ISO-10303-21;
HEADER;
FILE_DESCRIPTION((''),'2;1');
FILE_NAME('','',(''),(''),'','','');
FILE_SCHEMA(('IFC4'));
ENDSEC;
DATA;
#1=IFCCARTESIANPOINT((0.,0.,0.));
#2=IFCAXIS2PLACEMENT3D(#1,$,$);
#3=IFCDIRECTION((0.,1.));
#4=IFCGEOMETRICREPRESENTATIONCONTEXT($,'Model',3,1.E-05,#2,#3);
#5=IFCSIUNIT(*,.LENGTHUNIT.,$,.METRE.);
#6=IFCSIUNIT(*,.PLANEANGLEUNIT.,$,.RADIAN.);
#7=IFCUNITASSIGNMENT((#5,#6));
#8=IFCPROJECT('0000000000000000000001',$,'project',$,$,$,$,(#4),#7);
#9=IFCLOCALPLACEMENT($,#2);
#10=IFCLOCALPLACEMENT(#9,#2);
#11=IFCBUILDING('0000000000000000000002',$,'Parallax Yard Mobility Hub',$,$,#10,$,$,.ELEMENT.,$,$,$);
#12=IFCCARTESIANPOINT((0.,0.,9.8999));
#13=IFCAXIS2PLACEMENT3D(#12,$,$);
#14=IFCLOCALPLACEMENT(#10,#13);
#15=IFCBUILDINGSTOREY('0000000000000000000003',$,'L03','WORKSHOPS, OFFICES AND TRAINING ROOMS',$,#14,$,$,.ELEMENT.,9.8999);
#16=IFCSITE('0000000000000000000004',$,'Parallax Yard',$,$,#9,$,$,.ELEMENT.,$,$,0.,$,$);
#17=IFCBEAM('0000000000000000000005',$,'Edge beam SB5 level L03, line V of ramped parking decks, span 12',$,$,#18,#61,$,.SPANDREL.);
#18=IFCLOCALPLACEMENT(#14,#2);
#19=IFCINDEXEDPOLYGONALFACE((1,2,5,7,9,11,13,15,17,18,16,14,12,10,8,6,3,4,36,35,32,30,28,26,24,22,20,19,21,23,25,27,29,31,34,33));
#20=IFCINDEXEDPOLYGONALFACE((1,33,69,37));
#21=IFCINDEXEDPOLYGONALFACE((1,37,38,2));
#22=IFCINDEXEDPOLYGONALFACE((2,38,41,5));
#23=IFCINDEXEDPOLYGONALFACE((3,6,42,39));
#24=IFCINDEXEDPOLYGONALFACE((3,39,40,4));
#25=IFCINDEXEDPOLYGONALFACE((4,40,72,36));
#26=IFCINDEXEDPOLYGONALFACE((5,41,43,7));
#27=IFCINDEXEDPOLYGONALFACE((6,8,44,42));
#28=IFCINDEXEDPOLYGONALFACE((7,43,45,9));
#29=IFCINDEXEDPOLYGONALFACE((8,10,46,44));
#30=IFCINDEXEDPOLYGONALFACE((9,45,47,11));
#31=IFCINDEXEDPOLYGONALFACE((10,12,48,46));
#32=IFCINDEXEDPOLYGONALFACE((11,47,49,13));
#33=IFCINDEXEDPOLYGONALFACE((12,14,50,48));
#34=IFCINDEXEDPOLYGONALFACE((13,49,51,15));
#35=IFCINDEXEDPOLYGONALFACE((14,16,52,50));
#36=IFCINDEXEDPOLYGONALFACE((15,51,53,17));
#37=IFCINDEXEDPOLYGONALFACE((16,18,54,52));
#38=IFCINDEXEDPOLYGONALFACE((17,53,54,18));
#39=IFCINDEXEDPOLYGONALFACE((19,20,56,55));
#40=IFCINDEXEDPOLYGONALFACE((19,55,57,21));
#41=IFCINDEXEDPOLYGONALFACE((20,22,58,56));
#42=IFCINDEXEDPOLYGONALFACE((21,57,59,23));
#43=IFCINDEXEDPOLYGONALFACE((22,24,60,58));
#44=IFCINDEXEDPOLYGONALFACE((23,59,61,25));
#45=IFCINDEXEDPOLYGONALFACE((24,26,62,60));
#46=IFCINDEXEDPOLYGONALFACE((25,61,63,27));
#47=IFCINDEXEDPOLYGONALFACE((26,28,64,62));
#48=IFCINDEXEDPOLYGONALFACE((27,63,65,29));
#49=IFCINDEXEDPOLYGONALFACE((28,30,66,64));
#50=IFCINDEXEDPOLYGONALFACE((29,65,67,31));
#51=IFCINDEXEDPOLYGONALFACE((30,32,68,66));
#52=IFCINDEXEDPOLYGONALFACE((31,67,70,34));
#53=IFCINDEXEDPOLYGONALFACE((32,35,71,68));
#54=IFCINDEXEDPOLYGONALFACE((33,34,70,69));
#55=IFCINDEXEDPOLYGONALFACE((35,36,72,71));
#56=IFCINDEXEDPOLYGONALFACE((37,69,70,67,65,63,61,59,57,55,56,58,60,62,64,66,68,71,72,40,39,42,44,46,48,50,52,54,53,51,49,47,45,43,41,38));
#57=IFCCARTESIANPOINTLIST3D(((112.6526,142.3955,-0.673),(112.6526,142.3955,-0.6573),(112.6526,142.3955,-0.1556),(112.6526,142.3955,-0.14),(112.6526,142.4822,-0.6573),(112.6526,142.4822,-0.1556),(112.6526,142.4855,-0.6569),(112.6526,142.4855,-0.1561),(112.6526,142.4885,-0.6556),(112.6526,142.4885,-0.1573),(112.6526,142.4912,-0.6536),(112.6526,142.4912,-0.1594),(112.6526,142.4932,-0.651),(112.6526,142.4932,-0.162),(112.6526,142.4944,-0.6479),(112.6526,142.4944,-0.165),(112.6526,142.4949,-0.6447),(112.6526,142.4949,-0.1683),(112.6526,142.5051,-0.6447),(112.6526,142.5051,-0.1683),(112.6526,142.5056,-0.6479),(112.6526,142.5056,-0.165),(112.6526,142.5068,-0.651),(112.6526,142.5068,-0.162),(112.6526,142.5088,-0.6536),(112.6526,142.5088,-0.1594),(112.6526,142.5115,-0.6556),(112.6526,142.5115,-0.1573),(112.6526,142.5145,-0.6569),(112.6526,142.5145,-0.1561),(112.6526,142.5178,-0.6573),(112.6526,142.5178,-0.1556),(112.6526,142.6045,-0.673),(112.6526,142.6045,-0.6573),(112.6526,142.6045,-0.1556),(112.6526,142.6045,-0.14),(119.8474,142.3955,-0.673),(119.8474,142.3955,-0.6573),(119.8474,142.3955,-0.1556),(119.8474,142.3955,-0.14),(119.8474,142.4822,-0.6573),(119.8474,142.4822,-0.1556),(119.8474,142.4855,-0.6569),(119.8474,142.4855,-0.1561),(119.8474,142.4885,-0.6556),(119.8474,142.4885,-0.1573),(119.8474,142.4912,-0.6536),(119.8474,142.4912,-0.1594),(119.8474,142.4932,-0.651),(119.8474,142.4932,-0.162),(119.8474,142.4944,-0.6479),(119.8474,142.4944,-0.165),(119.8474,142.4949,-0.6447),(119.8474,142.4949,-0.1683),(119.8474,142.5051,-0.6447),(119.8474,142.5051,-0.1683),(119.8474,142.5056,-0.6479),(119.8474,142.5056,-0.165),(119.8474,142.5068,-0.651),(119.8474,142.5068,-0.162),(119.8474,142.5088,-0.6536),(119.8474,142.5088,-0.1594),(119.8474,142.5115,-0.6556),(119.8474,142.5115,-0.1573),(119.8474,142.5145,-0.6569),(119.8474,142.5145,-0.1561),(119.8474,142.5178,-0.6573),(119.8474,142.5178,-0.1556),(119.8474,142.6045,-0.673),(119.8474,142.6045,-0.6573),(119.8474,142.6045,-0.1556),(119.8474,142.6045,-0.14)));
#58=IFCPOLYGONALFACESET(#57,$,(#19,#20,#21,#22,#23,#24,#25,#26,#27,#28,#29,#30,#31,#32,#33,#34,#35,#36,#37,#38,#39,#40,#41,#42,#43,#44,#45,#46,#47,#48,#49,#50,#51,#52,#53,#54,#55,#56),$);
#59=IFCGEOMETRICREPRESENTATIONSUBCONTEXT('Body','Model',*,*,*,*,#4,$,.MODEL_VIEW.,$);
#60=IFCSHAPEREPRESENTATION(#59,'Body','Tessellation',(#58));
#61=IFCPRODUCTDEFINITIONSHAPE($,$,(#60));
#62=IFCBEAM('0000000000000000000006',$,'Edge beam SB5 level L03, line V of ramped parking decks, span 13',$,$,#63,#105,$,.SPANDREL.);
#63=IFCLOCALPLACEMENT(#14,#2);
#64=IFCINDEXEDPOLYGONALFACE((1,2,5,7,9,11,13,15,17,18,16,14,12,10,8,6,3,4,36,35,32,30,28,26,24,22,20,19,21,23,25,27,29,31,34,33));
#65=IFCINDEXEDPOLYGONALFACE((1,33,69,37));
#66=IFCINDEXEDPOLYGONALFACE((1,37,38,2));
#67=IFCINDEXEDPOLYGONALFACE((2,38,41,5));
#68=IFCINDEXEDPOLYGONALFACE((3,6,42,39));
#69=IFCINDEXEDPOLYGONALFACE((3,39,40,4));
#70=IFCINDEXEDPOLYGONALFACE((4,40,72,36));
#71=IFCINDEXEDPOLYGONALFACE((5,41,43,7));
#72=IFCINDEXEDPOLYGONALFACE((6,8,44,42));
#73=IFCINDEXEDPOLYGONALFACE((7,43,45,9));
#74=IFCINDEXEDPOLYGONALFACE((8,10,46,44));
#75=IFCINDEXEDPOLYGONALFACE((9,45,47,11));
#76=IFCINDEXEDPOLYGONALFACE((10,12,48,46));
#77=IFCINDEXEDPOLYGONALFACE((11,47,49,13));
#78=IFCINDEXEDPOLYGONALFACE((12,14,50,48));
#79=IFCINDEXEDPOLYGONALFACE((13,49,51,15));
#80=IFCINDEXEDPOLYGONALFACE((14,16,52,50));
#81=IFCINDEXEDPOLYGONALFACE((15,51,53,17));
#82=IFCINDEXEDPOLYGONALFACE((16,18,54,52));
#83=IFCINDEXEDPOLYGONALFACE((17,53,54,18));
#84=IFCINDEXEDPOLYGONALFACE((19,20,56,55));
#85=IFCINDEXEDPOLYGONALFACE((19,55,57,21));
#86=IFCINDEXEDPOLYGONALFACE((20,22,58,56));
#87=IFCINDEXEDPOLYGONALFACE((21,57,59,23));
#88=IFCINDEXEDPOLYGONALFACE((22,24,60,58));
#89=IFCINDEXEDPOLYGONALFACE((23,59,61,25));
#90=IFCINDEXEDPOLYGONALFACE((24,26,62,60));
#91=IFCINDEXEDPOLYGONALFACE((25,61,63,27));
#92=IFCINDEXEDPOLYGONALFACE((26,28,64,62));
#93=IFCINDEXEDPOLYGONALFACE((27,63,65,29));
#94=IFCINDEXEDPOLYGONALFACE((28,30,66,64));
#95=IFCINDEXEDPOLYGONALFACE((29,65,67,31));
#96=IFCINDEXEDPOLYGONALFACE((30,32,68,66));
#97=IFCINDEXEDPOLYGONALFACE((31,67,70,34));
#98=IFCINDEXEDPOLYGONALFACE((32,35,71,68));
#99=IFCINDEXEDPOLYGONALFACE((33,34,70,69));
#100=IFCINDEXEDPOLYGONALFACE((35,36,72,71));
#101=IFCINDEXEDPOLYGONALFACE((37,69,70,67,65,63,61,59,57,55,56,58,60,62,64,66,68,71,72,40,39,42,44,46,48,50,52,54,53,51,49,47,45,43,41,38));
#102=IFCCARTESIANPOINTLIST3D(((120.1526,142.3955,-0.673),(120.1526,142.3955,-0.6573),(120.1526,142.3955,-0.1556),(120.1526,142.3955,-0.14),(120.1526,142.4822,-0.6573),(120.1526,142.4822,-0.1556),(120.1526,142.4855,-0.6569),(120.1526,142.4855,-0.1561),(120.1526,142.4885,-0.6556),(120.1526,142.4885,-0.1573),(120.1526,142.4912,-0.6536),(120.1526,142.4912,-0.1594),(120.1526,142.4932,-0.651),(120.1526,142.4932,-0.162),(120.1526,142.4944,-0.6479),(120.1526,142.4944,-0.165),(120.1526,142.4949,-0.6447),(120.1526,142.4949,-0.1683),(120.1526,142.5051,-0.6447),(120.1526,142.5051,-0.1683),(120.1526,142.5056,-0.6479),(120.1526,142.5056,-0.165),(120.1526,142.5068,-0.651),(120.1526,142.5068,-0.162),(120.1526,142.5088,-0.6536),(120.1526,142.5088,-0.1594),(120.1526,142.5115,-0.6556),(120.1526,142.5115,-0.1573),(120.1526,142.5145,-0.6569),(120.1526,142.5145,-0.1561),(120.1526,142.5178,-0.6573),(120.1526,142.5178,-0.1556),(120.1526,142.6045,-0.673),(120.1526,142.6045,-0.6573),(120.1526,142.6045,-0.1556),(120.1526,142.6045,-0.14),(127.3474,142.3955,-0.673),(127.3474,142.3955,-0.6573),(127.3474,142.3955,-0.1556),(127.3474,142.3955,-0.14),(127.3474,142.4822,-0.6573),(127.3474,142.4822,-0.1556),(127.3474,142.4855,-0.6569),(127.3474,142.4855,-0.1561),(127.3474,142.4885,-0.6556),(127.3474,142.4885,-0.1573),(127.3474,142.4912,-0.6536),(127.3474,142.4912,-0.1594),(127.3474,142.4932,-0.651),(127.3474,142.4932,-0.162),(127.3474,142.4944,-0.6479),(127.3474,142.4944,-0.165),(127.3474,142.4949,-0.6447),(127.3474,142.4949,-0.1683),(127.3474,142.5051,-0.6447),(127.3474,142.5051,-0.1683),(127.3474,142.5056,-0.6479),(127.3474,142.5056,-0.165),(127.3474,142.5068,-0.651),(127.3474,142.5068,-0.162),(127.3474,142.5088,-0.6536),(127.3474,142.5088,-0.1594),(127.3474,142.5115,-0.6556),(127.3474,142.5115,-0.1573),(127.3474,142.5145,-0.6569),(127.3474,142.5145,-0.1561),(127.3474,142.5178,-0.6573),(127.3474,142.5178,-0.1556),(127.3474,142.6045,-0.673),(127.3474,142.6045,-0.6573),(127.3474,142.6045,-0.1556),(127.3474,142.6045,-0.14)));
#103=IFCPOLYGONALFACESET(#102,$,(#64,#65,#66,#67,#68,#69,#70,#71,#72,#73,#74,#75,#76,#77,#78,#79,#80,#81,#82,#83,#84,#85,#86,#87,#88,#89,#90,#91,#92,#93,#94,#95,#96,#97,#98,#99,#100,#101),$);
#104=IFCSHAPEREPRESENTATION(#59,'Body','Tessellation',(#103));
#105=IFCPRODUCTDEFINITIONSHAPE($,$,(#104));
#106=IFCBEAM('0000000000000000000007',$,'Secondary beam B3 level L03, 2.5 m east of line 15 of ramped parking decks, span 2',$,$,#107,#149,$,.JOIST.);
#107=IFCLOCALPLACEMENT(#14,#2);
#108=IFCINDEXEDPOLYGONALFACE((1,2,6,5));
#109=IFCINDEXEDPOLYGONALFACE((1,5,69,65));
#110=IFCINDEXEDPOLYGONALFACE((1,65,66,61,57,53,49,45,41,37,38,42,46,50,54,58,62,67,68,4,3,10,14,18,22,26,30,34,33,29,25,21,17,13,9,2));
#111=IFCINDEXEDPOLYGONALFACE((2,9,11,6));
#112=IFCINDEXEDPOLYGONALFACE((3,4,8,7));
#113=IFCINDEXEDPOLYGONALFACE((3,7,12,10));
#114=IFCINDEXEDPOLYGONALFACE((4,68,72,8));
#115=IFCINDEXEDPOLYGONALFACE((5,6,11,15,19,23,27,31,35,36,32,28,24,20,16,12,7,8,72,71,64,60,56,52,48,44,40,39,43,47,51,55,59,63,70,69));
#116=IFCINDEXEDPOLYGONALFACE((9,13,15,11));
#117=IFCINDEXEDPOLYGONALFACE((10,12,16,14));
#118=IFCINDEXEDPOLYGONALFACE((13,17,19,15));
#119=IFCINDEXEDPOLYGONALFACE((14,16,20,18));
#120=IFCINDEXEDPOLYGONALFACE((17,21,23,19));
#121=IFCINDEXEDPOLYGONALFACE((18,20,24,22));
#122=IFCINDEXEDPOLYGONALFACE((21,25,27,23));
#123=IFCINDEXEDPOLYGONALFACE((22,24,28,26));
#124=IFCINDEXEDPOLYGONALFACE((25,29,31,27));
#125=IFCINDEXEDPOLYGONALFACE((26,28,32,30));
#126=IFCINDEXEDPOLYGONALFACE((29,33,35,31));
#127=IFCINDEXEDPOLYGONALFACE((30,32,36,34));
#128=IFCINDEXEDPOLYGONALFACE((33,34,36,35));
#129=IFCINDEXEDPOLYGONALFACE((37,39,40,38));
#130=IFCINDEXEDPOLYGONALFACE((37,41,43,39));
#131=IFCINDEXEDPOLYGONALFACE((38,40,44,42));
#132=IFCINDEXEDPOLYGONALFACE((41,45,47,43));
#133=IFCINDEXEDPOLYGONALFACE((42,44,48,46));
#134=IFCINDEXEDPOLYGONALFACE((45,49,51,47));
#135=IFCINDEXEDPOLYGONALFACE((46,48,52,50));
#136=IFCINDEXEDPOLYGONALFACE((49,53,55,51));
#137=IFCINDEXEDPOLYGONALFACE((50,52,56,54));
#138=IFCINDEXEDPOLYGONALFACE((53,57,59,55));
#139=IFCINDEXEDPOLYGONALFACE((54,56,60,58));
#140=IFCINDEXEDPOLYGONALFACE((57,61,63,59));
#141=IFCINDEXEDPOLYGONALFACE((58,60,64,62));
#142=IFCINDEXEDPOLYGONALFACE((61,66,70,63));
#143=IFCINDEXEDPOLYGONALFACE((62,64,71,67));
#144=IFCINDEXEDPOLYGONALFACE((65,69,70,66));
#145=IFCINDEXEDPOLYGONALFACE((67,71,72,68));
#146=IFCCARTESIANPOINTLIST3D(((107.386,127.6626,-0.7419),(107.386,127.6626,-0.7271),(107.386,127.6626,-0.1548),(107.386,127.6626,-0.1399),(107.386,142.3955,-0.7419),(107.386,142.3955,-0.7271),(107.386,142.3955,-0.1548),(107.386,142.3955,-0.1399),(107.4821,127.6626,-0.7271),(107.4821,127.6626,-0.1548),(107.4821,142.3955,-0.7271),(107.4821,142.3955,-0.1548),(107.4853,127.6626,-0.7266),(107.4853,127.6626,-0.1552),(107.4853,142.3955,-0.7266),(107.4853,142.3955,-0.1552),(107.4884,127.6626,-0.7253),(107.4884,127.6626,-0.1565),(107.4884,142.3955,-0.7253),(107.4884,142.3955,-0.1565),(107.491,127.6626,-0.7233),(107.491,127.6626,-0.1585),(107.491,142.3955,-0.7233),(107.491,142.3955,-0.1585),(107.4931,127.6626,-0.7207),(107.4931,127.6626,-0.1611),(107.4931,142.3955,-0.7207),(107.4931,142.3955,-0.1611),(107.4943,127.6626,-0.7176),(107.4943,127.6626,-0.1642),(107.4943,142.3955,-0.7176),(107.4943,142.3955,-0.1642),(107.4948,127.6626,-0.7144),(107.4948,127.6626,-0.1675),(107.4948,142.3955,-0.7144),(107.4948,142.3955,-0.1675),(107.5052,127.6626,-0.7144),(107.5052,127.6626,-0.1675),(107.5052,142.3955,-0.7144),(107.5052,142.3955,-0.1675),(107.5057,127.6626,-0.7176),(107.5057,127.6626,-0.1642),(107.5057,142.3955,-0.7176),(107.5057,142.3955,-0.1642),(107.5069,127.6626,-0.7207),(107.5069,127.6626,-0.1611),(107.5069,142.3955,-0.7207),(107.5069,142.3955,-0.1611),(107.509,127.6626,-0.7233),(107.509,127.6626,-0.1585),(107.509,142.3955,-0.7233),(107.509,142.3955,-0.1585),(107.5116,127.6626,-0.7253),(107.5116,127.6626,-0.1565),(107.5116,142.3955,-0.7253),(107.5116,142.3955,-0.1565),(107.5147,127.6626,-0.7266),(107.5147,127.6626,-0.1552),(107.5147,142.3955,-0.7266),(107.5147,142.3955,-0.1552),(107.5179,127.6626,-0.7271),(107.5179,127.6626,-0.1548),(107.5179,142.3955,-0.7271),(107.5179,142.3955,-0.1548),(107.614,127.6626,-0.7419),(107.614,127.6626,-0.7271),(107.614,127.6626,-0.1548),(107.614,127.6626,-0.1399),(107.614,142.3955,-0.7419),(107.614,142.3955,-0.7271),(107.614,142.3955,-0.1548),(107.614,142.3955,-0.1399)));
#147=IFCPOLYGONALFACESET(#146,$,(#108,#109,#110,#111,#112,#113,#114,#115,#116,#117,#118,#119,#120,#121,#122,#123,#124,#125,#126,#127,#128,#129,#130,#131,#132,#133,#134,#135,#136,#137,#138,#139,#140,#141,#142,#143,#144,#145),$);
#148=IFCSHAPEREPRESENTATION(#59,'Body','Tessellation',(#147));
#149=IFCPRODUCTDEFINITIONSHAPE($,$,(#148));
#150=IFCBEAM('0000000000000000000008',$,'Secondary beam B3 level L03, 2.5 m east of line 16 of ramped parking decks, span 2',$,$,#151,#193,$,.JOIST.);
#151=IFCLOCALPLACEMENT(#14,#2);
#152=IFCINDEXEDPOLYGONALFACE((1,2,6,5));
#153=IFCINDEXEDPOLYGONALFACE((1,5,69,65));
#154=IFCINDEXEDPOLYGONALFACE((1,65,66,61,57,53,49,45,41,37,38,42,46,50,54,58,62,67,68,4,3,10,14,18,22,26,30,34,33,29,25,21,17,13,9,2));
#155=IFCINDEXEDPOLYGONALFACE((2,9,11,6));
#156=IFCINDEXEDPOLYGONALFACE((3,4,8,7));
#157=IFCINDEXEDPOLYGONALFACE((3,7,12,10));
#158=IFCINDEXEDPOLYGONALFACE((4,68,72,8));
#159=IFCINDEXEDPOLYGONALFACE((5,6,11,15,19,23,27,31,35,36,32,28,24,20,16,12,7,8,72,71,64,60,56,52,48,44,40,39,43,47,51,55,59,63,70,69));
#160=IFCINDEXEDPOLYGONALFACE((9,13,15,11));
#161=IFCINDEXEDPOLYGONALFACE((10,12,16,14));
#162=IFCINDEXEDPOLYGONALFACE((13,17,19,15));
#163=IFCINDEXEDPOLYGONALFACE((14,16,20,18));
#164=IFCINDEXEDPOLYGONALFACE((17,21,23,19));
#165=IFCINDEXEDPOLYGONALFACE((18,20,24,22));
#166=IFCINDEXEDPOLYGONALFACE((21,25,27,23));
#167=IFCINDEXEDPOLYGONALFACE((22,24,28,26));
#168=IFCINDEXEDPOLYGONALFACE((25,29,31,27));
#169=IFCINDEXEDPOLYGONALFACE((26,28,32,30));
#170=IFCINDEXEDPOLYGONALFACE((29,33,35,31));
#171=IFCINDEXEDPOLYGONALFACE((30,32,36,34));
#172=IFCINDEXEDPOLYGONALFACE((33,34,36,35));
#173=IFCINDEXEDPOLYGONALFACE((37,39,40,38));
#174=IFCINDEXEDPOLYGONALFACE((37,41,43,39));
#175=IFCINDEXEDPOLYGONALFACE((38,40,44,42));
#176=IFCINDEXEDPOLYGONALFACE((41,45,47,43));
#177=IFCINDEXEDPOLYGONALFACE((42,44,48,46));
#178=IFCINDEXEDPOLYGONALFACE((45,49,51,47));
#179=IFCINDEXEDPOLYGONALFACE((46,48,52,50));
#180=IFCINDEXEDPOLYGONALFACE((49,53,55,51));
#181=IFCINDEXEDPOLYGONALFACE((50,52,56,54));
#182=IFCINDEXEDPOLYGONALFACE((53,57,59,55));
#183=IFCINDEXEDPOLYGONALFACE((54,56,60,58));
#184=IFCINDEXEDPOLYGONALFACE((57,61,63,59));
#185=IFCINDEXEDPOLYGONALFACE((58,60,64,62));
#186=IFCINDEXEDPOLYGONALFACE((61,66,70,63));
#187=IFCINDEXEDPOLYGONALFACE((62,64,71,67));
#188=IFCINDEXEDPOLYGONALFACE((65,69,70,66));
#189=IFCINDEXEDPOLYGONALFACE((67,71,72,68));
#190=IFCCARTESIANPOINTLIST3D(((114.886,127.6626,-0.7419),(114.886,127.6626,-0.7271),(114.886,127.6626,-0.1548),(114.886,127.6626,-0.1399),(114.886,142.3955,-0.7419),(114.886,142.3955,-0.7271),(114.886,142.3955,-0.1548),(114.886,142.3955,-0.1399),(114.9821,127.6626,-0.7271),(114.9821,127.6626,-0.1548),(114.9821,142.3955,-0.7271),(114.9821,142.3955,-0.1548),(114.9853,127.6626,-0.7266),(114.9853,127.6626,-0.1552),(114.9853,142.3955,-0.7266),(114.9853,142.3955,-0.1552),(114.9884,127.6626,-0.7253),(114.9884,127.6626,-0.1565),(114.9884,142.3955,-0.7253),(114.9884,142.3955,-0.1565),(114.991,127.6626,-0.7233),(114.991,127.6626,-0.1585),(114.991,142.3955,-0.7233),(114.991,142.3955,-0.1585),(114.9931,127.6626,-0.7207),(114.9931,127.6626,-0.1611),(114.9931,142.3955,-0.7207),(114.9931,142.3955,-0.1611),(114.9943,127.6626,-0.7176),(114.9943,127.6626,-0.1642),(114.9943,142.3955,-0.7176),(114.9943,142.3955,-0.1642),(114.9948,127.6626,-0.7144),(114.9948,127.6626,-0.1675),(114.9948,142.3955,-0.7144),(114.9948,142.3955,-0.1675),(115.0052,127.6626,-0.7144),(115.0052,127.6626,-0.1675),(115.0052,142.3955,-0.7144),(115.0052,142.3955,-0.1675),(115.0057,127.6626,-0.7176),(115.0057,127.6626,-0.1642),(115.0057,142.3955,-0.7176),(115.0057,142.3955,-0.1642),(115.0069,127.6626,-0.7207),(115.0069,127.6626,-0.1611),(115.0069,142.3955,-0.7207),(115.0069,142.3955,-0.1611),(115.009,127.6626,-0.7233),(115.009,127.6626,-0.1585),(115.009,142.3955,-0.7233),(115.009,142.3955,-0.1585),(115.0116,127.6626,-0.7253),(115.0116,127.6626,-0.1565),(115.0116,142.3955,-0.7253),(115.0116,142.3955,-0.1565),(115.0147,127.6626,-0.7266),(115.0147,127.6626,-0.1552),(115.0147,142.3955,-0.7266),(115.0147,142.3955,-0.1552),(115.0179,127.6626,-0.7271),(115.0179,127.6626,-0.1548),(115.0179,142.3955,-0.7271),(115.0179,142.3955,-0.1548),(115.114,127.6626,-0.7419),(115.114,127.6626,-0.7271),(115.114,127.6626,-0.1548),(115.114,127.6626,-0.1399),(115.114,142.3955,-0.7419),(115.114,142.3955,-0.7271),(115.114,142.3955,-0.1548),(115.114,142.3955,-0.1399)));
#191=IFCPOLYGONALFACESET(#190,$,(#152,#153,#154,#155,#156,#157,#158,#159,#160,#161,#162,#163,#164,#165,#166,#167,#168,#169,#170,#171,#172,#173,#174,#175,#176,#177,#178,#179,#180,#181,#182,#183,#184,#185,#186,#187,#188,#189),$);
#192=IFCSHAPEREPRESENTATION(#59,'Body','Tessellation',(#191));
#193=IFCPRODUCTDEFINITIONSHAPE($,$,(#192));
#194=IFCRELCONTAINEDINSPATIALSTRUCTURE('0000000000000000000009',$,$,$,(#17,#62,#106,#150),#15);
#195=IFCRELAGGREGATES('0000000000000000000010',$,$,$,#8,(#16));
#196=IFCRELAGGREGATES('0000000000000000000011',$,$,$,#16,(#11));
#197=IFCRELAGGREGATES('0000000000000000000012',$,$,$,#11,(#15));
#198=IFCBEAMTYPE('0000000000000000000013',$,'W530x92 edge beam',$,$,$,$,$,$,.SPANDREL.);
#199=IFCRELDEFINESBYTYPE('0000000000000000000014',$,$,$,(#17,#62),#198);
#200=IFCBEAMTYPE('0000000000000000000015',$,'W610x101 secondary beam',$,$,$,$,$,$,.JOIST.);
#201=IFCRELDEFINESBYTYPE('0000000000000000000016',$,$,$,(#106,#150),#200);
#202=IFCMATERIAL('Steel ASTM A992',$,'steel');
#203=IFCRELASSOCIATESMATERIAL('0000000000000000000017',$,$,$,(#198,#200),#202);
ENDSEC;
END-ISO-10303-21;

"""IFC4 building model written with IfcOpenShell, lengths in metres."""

from ifc_helpers import new_model, si_unit, direction, frame, origin, origin_2d, place, context, subcontext, project, spatial, i_section, extrude, material, material_profile, profile_set, type_object, element, save


model = new_model("IFC4")

# Units and contexts
model_context = context("Model", 3, precision=1e-05, world=origin(), true_north=direction((0.0, 1.0)))
body_context = subcontext(model_context, "Body", "Model", "MODEL_VIEW")
ifc_project = project(units=[si_unit("LENGTHUNIT", "METRE"), si_unit("PLANEANGLEUNIT", "RADIAN")], contexts=[model_context])

# Site, building, storey
site_placement = place(None, origin())
site = spatial("IfcSite", under=ifc_project, at=site_placement, Name="Parallax Yard", CompositionType="ELEMENT", RefElevation=0.0)
building_placement = place(site_placement, origin())
building = spatial("IfcBuilding", under=site, at=building_placement, Name="Parallax Yard Mobility Hub", CompositionType="ELEMENT")
storey_placement = place(building_placement, frame((0.0, 0.0, 9.8999)))
storey = spatial("IfcBuildingStorey", under=building, at=storey_placement, Name="L03", Description="WORKSHOPS, OFFICES AND TRAINING ROOMS", CompositionType="ELEMENT", Elevation=9.8999)

# Shared definitions
ifc_material_1 = material(Name="Steel ASTM A992", Category="steel")

# Beams
ifc_material_profile_1 = material_profile(ifc_material_1, i_section(OverallWidth=0.209, OverallDepth=0.533, WebThickness=0.0103, FlangeThickness=0.0156, FilletRadius=0.0127, at=origin_2d()), Name="W530x92")
ifc_profile_set_1 = profile_set([ifc_material_profile_1], Name="Steel ASTM A992")
beam_type_1 = type_object("IfcBeamType", Name="W530x92 edge beam", PredefinedType="SPANDREL", material=ifc_profile_set_1)
for number, where, z_axis, x_axis, name in (
    (1, (112.6526, 142.5, -0.4065), (1.0, 0.0, 0.0), (0.0, 1.0, 0.0), "Edge beam SB5 level L03, line V of ramped parking decks, span 12"),
    (2, (120.1526, 142.5, -0.4065), (1.0, 0.0, 0.0), (0.0, 1.0, 0.0), "Edge beam SB5 level L03, line V of ramped parking decks, span 13"),
):
    element("IfcBeam", number, at=place(storey_placement, frame(where, z_axis=z_axis, x_axis=x_axis)), inside=storey, type_object=beam_type_1, Name=name, PredefinedType="SPANDREL", context=body_context, shape_type="SweptSolid", body=[
        extrude(i_section(OverallWidth=0.209, OverallDepth=0.533, WebThickness=0.0103, FlangeThickness=0.0156, FilletRadius=0.0127, at=origin_2d()), origin(), (0.0, 0.0, 1.0), 7.1948),
    ])
ifc_material_profile_2 = material_profile(ifc_material_1, i_section(OverallWidth=0.228, OverallDepth=0.6021, WebThickness=0.0105, FlangeThickness=0.0149, FilletRadius=0.0127, at=origin_2d()), Name="W610x101")
ifc_profile_set_2 = profile_set([ifc_material_profile_2], Name="Steel ASTM A992")
beam_type_2 = type_object("IfcBeamType", Name="W610x101 secondary beam", PredefinedType="JOIST", material=ifc_profile_set_2)
for number, where, z_axis, x_axis, name in (
    (3, (107.5, 127.6626, -0.4409), (0.0, 1.0, 0.0), (-1.0, 0.0, 0.0), "Secondary beam B3 level L03, 2.5 m east of line 15 of ramped parking decks, span 2"),
    (4, (115.0, 127.6626, -0.4409), (0.0, 1.0, 0.0), (-1.0, 0.0, 0.0), "Secondary beam B3 level L03, 2.5 m east of line 16 of ramped parking decks, span 2"),
):
    element("IfcBeam", number, at=place(storey_placement, frame(where, z_axis=z_axis, x_axis=x_axis)), inside=storey, type_object=beam_type_2, Name=name, PredefinedType="JOIST", context=body_context, shape_type="SweptSolid", body=[
        extrude(i_section(OverallWidth=0.228, OverallDepth=0.6021, WebThickness=0.0105, FlangeThickness=0.0149, FilletRadius=0.0127, at=origin_2d()), origin(), (0.0, 0.0, 1.0), 14.7329),
    ])

save(model, "model.ifc")
